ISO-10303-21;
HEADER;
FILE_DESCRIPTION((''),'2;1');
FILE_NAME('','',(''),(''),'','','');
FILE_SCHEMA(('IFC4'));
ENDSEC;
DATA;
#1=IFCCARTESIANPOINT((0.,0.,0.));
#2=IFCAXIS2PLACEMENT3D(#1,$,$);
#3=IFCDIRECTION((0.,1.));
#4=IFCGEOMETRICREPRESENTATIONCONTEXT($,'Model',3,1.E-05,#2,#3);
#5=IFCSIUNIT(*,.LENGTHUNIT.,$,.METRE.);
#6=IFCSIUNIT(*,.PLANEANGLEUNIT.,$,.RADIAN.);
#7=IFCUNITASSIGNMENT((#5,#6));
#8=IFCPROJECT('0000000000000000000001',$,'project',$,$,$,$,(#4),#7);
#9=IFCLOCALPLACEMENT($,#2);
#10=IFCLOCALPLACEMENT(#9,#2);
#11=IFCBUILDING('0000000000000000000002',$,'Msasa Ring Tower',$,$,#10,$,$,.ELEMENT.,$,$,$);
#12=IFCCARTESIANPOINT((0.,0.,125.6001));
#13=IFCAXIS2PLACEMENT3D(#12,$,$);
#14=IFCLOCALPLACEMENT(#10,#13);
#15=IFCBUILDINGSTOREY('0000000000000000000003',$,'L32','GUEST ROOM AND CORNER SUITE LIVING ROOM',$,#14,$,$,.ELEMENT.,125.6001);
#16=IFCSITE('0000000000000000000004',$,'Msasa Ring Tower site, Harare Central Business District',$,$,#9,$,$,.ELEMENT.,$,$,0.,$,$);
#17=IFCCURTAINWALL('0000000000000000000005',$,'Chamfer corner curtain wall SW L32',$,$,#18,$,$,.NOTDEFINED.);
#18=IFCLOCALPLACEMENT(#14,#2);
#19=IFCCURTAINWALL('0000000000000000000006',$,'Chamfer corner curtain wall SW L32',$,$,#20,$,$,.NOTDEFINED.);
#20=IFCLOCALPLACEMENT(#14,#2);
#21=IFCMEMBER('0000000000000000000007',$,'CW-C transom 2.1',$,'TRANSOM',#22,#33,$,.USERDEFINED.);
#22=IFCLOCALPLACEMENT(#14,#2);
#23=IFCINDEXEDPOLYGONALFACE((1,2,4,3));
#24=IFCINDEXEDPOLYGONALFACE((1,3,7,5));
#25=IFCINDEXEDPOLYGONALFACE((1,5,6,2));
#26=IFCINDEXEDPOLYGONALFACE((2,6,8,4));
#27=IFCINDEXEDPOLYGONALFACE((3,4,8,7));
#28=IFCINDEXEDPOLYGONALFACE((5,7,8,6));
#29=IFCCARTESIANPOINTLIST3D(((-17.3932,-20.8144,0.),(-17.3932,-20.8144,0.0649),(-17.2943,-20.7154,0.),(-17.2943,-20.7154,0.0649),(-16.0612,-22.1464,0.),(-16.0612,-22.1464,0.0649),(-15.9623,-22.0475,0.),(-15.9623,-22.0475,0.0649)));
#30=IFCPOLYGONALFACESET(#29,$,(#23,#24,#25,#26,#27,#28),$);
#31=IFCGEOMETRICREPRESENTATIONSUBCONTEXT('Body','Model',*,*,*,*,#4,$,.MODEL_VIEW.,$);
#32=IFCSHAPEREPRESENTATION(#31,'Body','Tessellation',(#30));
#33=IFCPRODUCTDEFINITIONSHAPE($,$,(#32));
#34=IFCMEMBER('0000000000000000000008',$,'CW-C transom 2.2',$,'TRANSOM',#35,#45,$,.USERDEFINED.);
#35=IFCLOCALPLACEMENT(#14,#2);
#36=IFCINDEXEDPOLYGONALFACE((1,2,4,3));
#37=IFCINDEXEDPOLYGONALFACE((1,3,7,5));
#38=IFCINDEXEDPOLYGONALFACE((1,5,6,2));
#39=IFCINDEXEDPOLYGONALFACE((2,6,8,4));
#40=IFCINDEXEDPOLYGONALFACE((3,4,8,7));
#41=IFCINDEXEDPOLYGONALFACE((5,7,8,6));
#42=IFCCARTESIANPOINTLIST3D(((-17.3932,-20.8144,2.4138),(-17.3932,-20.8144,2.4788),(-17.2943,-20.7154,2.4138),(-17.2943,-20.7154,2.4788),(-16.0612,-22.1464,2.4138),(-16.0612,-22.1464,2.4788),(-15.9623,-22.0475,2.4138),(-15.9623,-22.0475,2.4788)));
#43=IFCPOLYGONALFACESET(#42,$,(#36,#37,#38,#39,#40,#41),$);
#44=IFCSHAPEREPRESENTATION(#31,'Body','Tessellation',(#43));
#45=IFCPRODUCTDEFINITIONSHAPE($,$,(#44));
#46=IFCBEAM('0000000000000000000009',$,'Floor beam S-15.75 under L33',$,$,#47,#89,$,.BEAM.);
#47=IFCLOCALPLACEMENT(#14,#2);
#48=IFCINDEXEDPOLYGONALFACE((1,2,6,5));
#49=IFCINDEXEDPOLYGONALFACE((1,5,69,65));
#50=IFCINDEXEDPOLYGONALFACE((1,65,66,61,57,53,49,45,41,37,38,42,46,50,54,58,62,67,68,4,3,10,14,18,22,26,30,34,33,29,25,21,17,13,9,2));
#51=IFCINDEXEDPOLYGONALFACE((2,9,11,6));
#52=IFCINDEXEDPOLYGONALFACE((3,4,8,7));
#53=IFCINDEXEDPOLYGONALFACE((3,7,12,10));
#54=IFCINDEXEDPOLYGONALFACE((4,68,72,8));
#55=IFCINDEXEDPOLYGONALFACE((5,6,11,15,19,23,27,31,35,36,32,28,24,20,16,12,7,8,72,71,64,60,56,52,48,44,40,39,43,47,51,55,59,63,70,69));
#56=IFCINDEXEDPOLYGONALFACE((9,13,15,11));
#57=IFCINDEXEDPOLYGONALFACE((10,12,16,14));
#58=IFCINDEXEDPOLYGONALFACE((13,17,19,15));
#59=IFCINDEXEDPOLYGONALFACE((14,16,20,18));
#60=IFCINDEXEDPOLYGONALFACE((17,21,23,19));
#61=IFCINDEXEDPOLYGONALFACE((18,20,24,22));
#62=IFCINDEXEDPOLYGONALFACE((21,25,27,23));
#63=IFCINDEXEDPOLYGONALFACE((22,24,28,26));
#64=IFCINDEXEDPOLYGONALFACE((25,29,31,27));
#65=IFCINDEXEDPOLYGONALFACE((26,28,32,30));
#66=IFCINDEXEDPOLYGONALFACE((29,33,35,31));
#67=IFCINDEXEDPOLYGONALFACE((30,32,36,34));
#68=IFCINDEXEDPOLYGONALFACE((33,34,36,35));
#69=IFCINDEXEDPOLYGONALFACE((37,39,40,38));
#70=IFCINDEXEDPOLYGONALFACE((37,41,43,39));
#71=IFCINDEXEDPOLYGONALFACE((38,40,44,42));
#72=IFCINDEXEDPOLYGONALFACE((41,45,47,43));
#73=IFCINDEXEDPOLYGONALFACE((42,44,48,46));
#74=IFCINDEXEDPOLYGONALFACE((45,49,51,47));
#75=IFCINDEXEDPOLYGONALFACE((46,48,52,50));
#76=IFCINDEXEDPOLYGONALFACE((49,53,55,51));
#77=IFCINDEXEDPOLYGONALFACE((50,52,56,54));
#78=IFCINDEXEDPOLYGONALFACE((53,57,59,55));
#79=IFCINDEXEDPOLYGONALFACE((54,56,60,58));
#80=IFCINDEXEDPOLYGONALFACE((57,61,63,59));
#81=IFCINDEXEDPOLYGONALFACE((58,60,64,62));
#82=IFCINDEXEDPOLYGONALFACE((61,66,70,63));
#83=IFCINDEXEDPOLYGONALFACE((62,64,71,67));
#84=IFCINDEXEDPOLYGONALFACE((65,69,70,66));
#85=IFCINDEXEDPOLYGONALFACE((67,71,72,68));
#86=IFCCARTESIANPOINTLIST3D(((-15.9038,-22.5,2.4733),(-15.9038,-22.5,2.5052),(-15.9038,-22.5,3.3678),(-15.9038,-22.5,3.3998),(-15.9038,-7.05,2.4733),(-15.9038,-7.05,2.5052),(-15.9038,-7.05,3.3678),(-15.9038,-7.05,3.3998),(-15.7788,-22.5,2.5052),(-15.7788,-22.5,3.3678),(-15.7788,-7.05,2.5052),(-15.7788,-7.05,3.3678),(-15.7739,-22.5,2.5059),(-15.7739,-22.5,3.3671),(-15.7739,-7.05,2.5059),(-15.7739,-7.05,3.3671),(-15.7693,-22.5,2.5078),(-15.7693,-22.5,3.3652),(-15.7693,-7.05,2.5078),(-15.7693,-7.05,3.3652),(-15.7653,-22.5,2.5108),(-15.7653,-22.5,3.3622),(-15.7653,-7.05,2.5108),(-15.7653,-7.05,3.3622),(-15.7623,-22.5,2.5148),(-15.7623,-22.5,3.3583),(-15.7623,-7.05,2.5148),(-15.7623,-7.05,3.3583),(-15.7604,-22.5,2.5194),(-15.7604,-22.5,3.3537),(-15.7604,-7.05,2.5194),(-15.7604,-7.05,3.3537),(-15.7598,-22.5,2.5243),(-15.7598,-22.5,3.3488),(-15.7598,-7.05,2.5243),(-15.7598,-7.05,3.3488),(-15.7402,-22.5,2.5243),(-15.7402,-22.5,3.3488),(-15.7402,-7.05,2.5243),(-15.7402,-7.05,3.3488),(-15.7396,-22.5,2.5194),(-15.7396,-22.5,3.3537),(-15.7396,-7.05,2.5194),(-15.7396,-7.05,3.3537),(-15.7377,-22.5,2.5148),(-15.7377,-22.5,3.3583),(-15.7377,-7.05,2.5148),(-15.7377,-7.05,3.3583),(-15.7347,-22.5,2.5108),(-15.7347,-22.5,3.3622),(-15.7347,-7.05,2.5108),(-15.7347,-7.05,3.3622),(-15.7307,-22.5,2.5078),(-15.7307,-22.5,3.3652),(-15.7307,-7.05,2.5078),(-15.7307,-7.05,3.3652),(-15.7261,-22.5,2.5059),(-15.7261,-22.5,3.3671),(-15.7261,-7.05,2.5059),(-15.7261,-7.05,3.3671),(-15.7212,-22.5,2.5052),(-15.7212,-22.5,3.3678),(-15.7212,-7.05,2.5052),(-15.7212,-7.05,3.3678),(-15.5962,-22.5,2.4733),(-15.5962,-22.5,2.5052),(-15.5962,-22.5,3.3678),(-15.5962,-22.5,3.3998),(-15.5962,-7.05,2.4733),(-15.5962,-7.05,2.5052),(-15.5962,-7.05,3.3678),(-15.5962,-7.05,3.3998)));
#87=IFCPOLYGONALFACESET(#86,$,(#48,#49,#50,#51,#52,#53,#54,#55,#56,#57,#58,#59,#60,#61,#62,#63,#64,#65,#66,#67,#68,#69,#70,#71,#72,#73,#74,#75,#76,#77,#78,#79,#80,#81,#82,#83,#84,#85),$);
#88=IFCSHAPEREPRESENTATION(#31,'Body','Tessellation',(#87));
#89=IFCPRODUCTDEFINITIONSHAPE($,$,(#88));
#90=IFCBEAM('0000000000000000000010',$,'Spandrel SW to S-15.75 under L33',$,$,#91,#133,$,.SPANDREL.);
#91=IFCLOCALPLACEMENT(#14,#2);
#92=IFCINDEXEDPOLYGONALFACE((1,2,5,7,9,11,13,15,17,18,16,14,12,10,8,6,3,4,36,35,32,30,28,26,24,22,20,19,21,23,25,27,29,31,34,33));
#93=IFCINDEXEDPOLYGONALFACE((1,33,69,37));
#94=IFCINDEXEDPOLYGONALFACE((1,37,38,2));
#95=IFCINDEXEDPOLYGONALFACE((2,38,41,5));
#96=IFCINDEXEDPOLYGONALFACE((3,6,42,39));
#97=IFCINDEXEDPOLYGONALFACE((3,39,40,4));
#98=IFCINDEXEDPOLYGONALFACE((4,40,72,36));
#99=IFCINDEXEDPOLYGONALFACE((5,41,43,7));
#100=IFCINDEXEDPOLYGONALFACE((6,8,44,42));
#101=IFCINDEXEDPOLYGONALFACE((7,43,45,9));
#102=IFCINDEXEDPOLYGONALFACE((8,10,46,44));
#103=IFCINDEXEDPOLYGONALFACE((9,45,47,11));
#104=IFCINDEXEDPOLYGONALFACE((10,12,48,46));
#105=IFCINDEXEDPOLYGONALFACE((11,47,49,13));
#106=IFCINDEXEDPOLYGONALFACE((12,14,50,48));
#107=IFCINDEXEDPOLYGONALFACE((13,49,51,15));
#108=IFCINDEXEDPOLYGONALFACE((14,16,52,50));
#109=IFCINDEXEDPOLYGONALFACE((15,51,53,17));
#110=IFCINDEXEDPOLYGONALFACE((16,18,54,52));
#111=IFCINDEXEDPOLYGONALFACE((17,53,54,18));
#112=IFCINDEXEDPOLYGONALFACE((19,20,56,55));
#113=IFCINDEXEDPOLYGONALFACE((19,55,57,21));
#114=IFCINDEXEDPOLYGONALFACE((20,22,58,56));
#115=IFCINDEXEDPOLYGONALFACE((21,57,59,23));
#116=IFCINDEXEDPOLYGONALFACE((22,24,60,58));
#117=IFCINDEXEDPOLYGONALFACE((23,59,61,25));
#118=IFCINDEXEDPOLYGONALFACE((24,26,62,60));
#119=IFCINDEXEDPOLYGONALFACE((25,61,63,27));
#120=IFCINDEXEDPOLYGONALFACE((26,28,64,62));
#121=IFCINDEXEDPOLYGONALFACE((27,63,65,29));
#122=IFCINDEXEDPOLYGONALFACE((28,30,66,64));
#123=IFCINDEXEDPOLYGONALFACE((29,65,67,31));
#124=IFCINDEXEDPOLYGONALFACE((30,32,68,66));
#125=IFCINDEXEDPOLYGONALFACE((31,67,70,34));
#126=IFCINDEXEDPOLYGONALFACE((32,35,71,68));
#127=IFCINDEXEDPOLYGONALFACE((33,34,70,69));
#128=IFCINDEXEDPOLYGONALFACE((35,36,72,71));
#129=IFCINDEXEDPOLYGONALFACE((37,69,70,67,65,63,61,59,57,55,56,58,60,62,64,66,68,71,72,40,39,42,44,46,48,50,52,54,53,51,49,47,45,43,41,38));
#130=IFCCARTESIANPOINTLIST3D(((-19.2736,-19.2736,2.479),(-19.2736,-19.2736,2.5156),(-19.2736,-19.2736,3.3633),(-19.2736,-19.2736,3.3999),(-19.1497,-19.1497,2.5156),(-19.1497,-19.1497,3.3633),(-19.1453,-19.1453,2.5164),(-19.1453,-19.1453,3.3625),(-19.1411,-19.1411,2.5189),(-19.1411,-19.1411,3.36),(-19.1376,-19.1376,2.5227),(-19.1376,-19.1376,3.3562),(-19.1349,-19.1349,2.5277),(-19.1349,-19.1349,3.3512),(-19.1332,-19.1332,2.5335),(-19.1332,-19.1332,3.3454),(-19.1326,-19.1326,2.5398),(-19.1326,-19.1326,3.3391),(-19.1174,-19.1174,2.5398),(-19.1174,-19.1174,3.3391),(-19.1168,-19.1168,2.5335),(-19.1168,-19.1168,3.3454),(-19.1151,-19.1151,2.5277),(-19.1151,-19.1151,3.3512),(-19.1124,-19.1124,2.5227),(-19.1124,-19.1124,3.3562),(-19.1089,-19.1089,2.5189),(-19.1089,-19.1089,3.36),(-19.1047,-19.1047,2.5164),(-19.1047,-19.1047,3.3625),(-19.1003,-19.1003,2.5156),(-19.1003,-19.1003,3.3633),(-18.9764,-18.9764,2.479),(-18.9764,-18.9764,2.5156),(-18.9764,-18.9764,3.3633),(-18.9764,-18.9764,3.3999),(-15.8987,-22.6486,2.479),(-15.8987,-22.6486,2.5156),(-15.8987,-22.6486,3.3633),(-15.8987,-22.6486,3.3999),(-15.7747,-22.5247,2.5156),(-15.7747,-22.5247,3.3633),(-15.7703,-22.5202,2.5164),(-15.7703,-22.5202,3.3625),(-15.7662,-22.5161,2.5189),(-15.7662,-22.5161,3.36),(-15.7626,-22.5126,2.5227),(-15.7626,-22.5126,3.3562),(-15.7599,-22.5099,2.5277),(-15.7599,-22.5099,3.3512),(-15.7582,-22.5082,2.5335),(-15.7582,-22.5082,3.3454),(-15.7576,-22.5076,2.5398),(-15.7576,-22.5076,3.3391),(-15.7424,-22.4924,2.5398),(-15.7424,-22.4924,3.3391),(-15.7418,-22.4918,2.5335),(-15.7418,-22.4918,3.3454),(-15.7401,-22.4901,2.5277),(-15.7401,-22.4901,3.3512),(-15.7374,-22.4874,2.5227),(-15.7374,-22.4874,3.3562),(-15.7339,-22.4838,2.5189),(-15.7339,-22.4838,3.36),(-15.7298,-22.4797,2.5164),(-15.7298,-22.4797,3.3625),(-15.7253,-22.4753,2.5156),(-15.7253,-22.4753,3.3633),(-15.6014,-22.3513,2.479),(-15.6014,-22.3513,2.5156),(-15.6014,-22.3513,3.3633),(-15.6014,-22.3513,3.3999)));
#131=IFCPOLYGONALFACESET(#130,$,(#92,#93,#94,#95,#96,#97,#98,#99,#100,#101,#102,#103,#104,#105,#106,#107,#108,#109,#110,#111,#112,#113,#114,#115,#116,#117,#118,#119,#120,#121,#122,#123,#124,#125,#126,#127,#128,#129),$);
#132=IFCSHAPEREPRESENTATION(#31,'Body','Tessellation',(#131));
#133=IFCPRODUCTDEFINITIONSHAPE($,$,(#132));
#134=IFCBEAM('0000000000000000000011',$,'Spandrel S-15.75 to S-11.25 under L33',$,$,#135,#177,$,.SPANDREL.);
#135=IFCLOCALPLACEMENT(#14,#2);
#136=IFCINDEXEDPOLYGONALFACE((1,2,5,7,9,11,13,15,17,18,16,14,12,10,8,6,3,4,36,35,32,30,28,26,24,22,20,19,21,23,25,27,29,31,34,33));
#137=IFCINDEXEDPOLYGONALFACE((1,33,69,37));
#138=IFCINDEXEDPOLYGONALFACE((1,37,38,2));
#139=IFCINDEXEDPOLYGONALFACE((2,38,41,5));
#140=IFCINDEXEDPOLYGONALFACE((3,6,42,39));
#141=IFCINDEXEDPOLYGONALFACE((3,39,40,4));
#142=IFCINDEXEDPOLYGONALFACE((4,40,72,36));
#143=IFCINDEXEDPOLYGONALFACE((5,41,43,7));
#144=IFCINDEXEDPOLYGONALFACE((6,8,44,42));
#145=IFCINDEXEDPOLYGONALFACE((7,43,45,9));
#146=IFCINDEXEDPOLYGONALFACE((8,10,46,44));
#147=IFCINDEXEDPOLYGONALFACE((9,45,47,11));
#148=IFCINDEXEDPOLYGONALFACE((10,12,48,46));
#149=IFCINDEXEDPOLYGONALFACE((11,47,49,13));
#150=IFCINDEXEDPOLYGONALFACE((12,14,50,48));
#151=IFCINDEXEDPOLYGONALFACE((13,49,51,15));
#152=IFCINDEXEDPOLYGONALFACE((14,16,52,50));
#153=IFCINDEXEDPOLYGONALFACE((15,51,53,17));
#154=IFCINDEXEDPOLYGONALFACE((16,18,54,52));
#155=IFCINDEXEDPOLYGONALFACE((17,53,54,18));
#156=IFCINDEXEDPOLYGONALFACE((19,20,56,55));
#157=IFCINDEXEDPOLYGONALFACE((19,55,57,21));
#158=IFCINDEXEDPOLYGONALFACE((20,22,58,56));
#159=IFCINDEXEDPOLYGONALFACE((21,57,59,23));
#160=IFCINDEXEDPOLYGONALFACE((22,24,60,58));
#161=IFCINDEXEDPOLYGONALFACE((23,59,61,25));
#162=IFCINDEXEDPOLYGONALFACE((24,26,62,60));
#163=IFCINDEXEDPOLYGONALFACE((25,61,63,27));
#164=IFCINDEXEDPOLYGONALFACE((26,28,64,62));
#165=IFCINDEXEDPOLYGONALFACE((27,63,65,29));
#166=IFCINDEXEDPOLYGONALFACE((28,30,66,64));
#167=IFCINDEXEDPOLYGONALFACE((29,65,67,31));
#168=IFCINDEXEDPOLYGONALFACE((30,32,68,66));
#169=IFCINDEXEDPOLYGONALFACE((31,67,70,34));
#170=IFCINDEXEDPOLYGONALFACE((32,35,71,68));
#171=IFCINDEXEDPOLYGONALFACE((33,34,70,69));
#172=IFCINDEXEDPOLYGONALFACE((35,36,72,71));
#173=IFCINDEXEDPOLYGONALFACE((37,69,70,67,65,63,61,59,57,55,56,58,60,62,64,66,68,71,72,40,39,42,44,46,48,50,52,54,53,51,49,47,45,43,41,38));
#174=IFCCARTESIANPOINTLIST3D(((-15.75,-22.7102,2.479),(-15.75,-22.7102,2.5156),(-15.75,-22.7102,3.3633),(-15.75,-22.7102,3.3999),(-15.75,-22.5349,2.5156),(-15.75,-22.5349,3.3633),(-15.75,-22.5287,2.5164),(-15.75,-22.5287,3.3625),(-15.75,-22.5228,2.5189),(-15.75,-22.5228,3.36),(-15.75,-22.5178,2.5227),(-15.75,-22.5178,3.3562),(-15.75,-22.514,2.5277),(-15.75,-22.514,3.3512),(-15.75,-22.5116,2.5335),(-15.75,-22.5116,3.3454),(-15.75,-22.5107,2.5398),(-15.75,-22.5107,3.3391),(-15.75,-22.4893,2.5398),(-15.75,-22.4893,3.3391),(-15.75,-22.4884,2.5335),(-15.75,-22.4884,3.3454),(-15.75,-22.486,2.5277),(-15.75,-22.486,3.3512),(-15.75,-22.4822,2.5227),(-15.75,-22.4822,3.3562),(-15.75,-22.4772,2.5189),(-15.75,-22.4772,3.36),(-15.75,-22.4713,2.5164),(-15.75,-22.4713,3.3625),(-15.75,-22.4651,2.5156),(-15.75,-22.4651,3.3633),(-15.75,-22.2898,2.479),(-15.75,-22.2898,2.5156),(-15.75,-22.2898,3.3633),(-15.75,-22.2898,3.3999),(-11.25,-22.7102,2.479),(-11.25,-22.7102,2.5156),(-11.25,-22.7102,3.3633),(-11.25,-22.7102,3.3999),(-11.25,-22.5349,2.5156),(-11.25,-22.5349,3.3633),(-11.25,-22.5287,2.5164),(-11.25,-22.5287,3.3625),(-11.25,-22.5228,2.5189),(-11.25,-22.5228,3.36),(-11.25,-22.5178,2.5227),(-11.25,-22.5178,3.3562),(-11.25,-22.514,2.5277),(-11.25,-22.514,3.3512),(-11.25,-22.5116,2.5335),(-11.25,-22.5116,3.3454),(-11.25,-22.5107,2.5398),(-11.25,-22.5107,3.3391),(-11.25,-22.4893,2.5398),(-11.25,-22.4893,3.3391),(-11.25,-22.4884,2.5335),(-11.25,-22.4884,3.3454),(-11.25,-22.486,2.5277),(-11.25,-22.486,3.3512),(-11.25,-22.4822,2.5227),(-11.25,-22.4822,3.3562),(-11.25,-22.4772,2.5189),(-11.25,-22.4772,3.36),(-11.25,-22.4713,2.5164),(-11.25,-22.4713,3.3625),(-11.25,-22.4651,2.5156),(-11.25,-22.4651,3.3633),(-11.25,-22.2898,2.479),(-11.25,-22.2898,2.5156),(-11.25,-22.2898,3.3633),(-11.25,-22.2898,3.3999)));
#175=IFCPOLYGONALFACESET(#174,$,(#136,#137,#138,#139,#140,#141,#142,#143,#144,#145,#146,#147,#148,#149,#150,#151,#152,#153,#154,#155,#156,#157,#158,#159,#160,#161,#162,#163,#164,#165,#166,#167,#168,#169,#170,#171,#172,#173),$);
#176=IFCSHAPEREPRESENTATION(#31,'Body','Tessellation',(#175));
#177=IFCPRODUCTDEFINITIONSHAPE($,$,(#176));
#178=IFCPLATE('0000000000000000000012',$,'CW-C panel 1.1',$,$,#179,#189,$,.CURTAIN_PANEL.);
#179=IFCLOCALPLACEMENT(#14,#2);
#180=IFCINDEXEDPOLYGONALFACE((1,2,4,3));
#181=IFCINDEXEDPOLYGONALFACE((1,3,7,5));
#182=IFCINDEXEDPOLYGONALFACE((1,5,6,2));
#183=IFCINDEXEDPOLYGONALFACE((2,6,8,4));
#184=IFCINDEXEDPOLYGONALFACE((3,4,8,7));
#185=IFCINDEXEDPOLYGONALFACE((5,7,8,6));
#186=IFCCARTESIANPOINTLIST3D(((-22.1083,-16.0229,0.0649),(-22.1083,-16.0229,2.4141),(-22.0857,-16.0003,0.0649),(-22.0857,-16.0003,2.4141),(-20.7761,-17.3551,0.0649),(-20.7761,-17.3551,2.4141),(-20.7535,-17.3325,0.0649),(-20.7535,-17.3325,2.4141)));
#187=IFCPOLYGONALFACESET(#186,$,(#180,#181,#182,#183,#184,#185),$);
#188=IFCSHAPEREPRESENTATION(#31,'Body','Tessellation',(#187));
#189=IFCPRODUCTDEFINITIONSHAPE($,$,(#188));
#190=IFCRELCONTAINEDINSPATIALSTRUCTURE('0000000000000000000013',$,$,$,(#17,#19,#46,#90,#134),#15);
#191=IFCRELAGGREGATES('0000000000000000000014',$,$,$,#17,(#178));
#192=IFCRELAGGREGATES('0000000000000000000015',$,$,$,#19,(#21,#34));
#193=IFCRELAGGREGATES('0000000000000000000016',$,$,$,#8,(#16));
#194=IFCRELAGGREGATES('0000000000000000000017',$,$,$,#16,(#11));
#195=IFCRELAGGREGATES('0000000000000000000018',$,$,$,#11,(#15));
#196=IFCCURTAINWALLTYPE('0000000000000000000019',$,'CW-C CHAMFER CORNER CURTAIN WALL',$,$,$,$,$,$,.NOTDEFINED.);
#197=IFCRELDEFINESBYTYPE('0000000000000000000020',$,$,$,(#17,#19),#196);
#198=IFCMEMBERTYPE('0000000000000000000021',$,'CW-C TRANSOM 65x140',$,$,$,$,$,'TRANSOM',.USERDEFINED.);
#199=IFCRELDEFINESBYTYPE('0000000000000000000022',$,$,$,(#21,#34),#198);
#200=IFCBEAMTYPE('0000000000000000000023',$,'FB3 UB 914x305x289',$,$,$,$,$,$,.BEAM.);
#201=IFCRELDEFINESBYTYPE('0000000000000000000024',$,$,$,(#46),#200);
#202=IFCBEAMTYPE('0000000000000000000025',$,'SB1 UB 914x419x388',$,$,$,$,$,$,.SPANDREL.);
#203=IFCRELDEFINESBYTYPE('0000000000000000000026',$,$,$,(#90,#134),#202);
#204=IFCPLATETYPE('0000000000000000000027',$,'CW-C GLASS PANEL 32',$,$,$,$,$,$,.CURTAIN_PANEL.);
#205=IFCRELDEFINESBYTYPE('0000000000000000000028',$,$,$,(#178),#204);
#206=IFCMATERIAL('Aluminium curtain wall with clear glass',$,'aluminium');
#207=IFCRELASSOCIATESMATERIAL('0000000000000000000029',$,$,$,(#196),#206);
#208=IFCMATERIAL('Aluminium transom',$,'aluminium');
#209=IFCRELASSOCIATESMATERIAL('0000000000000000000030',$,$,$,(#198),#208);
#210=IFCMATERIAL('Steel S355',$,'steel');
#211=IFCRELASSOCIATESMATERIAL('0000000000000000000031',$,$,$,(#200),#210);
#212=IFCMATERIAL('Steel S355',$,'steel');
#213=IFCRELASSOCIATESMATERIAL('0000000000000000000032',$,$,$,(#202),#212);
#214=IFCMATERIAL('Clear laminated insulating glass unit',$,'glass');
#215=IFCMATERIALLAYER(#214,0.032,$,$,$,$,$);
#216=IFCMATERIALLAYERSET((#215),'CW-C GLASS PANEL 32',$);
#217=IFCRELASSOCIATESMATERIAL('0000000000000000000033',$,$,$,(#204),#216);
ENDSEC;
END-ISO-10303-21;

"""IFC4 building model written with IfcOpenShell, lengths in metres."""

from ifc_helpers import new_model, si_unit, direction, frame, origin, origin_2d, place, context, subcontext, project, spatial, rectangle, i_section, extrude, material, layer, layer_set, material_profile, profile_set, type_object, element, aggregate, save


model = new_model("IFC4")

# Units and contexts
model_context = context("Model", 3, precision=1e-05, world=origin(), true_north=direction((0.0, 1.0)))
body_context = subcontext(model_context, "Body", "Model", "MODEL_VIEW")
ifc_project = project(units=[si_unit("LENGTHUNIT", "METRE"), si_unit("PLANEANGLEUNIT", "RADIAN")], contexts=[model_context])

# Site, building, storey
site_placement = place(None, origin())
site = spatial("IfcSite", under=ifc_project, at=site_placement, Name="Msasa Ring Tower site, Harare Central Business District", CompositionType="ELEMENT", RefElevation=0.0)
building_placement = place(site_placement, origin())
building = spatial("IfcBuilding", under=site, at=building_placement, Name="Msasa Ring Tower", CompositionType="ELEMENT")
storey_placement = place(building_placement, frame((0.0, 0.0, 125.6001)))
storey = spatial("IfcBuildingStorey", under=building, at=storey_placement, Name="L32", Description="GUEST ROOM AND CORNER SUITE LIVING ROOM", CompositionType="ELEMENT", Elevation=125.6001)

# Curtain walls
ifc_material_1 = material(Name="Aluminium curtain wall with clear glass", Category="aluminium")
curtain_wall_type = type_object("IfcCurtainWallType", Name="CW-C CHAMFER CORNER CURTAIN WALL", PredefinedType="NOTDEFINED", material=ifc_material_1)
curtain_wall_1_placement = place(storey_placement, origin())
curtain_wall_1 = element("IfcCurtainWall", 1, at=curtain_wall_1_placement, inside=storey, type_object=curtain_wall_type, Name="Chamfer corner curtain wall SW L32", PredefinedType="NOTDEFINED")
curtain_wall_2_placement = place(storey_placement, origin())
curtain_wall_2 = element("IfcCurtainWall", 2, at=curtain_wall_2_placement, inside=storey, type_object=curtain_wall_type, Name="Chamfer corner curtain wall SW L32", PredefinedType="NOTDEFINED")

# Members
ifc_material_2 = material(Name="Aluminium transom", Category="aluminium")
ifc_material_profile_1 = material_profile(ifc_material_2, rectangle(XDim=0.1399, YDim=0.0649, at=origin_2d()), Name="AL 65x140")
ifc_profile_set_1 = profile_set([ifc_material_profile_1], Name="Aluminium transom")
member_type_1 = type_object("IfcMemberType", Name="CW-C TRANSOM 65x140", ElementType="TRANSOM", PredefinedType="USERDEFINED", material=ifc_profile_set_1)
member_1_placement = place(storey_placement, frame((-17.3438, -20.7649, 0.0325), z_axis=(0.707107, -0.707107, 0.0), x_axis=(0.707107, 0.707107, 0.0)))
member_1 = element("IfcMember", 3, at=member_1_placement, type_object=member_type_1, Name="CW-C transom 2.1", ObjectType="TRANSOM", PredefinedType="USERDEFINED", context=body_context, shape_type="SweptSolid", body=[
    extrude(rectangle(XDim=0.1399, YDim=0.0649, at=origin_2d()), origin(), (0.0, 0.0, 1.0), 1.8838),
])
member_2_placement = place(storey_placement, frame((-17.3438, -20.7649, 2.4463), z_axis=(0.707107, -0.707107, 0.0), x_axis=(0.707107, 0.707107, 0.0)))
member_2 = element("IfcMember", 4, at=member_2_placement, type_object=member_type_1, Name="CW-C transom 2.2", ObjectType="TRANSOM", PredefinedType="USERDEFINED", context=body_context, shape_type="SweptSolid", body=[
    extrude(rectangle(XDim=0.1399, YDim=0.0649, at=origin_2d()), origin(), (0.0, 0.0, 1.0), 1.8838),
])

# Beams
ifc_material_3 = material(Name="Steel S355", Category="steel")
ifc_material_profile_2 = material_profile(ifc_material_3, i_section(OverallWidth=0.3076, OverallDepth=0.9265, WebThickness=0.0195, FlangeThickness=0.032, FilletRadius=0.019, at=origin_2d()), Name="UB 914x305x289")
ifc_profile_set_2 = profile_set([ifc_material_profile_2], Name="Steel S355")
beam_type_1 = type_object("IfcBeamType", Name="FB3 UB 914x305x289", PredefinedType="BEAM", material=ifc_profile_set_2)
beam_1_placement = place(storey_placement, frame((-15.75, -22.5, 2.9365), z_axis=(0.0, 1.0, 0.0), x_axis=(-1.0, 0.0, 0.0)))
element("IfcBeam", 5, at=beam_1_placement, inside=storey, type_object=beam_type_1, Name="Floor beam S-15.75 under L33", PredefinedType="BEAM", context=body_context, shape_type="SweptSolid", body=[
    extrude(i_section(OverallWidth=0.3076, OverallDepth=0.9265, WebThickness=0.0195, FlangeThickness=0.032, FilletRadius=0.019, at=origin_2d()), origin(), (0.0, 0.0, 1.0), 15.45),
])
ifc_material_4 = material(Name="Steel S355", Category="steel")
ifc_material_profile_3 = material_profile(ifc_material_4, i_section(OverallWidth=0.4204, OverallDepth=0.9209, WebThickness=0.0215, FlangeThickness=0.0366, FilletRadius=0.0242, at=origin_2d()), Name="UB 914x419x388")
ifc_profile_set_3 = profile_set([ifc_material_profile_3], Name="Steel S355")
beam_type_2 = type_object("IfcBeamType", Name="SB1 UB 914x419x388", PredefinedType="SPANDREL", material=ifc_profile_set_3)
beam_2_placement = place(storey_placement, frame((-19.125, -19.125, 2.9395), z_axis=(0.707107, -0.707107, 0.0), x_axis=(0.707107, 0.707107, 0.0)))
element("IfcBeam", 6, at=beam_2_placement, inside=storey, type_object=beam_type_2, Name="Spandrel SW to S-15.75 under L33", PredefinedType="SPANDREL", context=body_context, shape_type="SweptSolid", body=[
    extrude(i_section(OverallWidth=0.4204, OverallDepth=0.9209, WebThickness=0.0215, FlangeThickness=0.0366, FilletRadius=0.0242, at=origin_2d()), origin(), (0.0, 0.0, 1.0), 4.7729),
])
beam_3_placement = place(storey_placement, frame((-15.75, -22.5, 2.9395), z_axis=(1.0, 0.0, 0.0), x_axis=(0.0, 1.0, 0.0)))
element("IfcBeam", 7, at=beam_3_placement, inside=storey, type_object=beam_type_2, Name="Spandrel S-15.75 to S-11.25 under L33", PredefinedType="SPANDREL", context=body_context, shape_type="SweptSolid", body=[
    extrude(i_section(OverallWidth=0.4204, OverallDepth=0.9209, WebThickness=0.0215, FlangeThickness=0.0366, FilletRadius=0.0242, at=origin_2d()), origin(), (0.0, 0.0, 1.0), 4.5),
])

# Plate
ifc_material_5 = material(Name="Clear laminated insulating glass unit", Category="glass")
ifc_layer_1 = layer(ifc_material_5, 0.032)
ifc_layer_set_1 = layer_set([ifc_layer_1], Name="CW-C GLASS PANEL 32")
plate_type = type_object("IfcPlateType", Name="CW-C GLASS PANEL 32", PredefinedType="CURTAIN_PANEL", material=ifc_layer_set_1)
plate_1_placement = place(storey_placement, frame((-21.4309, -16.6777, 0.0649), z_axis=(0.0, 0.0, 1.0), x_axis=(0.707107, -0.707107, 0.0)))
plate_1 = element("IfcPlate", 8, at=plate_1_placement, type_object=plate_type, Name="CW-C panel 1.1", PredefinedType="CURTAIN_PANEL", context=body_context, shape_type="SweptSolid", body=[
    extrude(rectangle(XDim=1.884, YDim=0.032, at=origin_2d()), origin(), (0.0, 0.0, 1.0), 2.3491),
])
aggregate(curtain_wall_1, [plate_1])
aggregate(curtain_wall_2, [member_1, member_2])

save(model, "model.ifc")
